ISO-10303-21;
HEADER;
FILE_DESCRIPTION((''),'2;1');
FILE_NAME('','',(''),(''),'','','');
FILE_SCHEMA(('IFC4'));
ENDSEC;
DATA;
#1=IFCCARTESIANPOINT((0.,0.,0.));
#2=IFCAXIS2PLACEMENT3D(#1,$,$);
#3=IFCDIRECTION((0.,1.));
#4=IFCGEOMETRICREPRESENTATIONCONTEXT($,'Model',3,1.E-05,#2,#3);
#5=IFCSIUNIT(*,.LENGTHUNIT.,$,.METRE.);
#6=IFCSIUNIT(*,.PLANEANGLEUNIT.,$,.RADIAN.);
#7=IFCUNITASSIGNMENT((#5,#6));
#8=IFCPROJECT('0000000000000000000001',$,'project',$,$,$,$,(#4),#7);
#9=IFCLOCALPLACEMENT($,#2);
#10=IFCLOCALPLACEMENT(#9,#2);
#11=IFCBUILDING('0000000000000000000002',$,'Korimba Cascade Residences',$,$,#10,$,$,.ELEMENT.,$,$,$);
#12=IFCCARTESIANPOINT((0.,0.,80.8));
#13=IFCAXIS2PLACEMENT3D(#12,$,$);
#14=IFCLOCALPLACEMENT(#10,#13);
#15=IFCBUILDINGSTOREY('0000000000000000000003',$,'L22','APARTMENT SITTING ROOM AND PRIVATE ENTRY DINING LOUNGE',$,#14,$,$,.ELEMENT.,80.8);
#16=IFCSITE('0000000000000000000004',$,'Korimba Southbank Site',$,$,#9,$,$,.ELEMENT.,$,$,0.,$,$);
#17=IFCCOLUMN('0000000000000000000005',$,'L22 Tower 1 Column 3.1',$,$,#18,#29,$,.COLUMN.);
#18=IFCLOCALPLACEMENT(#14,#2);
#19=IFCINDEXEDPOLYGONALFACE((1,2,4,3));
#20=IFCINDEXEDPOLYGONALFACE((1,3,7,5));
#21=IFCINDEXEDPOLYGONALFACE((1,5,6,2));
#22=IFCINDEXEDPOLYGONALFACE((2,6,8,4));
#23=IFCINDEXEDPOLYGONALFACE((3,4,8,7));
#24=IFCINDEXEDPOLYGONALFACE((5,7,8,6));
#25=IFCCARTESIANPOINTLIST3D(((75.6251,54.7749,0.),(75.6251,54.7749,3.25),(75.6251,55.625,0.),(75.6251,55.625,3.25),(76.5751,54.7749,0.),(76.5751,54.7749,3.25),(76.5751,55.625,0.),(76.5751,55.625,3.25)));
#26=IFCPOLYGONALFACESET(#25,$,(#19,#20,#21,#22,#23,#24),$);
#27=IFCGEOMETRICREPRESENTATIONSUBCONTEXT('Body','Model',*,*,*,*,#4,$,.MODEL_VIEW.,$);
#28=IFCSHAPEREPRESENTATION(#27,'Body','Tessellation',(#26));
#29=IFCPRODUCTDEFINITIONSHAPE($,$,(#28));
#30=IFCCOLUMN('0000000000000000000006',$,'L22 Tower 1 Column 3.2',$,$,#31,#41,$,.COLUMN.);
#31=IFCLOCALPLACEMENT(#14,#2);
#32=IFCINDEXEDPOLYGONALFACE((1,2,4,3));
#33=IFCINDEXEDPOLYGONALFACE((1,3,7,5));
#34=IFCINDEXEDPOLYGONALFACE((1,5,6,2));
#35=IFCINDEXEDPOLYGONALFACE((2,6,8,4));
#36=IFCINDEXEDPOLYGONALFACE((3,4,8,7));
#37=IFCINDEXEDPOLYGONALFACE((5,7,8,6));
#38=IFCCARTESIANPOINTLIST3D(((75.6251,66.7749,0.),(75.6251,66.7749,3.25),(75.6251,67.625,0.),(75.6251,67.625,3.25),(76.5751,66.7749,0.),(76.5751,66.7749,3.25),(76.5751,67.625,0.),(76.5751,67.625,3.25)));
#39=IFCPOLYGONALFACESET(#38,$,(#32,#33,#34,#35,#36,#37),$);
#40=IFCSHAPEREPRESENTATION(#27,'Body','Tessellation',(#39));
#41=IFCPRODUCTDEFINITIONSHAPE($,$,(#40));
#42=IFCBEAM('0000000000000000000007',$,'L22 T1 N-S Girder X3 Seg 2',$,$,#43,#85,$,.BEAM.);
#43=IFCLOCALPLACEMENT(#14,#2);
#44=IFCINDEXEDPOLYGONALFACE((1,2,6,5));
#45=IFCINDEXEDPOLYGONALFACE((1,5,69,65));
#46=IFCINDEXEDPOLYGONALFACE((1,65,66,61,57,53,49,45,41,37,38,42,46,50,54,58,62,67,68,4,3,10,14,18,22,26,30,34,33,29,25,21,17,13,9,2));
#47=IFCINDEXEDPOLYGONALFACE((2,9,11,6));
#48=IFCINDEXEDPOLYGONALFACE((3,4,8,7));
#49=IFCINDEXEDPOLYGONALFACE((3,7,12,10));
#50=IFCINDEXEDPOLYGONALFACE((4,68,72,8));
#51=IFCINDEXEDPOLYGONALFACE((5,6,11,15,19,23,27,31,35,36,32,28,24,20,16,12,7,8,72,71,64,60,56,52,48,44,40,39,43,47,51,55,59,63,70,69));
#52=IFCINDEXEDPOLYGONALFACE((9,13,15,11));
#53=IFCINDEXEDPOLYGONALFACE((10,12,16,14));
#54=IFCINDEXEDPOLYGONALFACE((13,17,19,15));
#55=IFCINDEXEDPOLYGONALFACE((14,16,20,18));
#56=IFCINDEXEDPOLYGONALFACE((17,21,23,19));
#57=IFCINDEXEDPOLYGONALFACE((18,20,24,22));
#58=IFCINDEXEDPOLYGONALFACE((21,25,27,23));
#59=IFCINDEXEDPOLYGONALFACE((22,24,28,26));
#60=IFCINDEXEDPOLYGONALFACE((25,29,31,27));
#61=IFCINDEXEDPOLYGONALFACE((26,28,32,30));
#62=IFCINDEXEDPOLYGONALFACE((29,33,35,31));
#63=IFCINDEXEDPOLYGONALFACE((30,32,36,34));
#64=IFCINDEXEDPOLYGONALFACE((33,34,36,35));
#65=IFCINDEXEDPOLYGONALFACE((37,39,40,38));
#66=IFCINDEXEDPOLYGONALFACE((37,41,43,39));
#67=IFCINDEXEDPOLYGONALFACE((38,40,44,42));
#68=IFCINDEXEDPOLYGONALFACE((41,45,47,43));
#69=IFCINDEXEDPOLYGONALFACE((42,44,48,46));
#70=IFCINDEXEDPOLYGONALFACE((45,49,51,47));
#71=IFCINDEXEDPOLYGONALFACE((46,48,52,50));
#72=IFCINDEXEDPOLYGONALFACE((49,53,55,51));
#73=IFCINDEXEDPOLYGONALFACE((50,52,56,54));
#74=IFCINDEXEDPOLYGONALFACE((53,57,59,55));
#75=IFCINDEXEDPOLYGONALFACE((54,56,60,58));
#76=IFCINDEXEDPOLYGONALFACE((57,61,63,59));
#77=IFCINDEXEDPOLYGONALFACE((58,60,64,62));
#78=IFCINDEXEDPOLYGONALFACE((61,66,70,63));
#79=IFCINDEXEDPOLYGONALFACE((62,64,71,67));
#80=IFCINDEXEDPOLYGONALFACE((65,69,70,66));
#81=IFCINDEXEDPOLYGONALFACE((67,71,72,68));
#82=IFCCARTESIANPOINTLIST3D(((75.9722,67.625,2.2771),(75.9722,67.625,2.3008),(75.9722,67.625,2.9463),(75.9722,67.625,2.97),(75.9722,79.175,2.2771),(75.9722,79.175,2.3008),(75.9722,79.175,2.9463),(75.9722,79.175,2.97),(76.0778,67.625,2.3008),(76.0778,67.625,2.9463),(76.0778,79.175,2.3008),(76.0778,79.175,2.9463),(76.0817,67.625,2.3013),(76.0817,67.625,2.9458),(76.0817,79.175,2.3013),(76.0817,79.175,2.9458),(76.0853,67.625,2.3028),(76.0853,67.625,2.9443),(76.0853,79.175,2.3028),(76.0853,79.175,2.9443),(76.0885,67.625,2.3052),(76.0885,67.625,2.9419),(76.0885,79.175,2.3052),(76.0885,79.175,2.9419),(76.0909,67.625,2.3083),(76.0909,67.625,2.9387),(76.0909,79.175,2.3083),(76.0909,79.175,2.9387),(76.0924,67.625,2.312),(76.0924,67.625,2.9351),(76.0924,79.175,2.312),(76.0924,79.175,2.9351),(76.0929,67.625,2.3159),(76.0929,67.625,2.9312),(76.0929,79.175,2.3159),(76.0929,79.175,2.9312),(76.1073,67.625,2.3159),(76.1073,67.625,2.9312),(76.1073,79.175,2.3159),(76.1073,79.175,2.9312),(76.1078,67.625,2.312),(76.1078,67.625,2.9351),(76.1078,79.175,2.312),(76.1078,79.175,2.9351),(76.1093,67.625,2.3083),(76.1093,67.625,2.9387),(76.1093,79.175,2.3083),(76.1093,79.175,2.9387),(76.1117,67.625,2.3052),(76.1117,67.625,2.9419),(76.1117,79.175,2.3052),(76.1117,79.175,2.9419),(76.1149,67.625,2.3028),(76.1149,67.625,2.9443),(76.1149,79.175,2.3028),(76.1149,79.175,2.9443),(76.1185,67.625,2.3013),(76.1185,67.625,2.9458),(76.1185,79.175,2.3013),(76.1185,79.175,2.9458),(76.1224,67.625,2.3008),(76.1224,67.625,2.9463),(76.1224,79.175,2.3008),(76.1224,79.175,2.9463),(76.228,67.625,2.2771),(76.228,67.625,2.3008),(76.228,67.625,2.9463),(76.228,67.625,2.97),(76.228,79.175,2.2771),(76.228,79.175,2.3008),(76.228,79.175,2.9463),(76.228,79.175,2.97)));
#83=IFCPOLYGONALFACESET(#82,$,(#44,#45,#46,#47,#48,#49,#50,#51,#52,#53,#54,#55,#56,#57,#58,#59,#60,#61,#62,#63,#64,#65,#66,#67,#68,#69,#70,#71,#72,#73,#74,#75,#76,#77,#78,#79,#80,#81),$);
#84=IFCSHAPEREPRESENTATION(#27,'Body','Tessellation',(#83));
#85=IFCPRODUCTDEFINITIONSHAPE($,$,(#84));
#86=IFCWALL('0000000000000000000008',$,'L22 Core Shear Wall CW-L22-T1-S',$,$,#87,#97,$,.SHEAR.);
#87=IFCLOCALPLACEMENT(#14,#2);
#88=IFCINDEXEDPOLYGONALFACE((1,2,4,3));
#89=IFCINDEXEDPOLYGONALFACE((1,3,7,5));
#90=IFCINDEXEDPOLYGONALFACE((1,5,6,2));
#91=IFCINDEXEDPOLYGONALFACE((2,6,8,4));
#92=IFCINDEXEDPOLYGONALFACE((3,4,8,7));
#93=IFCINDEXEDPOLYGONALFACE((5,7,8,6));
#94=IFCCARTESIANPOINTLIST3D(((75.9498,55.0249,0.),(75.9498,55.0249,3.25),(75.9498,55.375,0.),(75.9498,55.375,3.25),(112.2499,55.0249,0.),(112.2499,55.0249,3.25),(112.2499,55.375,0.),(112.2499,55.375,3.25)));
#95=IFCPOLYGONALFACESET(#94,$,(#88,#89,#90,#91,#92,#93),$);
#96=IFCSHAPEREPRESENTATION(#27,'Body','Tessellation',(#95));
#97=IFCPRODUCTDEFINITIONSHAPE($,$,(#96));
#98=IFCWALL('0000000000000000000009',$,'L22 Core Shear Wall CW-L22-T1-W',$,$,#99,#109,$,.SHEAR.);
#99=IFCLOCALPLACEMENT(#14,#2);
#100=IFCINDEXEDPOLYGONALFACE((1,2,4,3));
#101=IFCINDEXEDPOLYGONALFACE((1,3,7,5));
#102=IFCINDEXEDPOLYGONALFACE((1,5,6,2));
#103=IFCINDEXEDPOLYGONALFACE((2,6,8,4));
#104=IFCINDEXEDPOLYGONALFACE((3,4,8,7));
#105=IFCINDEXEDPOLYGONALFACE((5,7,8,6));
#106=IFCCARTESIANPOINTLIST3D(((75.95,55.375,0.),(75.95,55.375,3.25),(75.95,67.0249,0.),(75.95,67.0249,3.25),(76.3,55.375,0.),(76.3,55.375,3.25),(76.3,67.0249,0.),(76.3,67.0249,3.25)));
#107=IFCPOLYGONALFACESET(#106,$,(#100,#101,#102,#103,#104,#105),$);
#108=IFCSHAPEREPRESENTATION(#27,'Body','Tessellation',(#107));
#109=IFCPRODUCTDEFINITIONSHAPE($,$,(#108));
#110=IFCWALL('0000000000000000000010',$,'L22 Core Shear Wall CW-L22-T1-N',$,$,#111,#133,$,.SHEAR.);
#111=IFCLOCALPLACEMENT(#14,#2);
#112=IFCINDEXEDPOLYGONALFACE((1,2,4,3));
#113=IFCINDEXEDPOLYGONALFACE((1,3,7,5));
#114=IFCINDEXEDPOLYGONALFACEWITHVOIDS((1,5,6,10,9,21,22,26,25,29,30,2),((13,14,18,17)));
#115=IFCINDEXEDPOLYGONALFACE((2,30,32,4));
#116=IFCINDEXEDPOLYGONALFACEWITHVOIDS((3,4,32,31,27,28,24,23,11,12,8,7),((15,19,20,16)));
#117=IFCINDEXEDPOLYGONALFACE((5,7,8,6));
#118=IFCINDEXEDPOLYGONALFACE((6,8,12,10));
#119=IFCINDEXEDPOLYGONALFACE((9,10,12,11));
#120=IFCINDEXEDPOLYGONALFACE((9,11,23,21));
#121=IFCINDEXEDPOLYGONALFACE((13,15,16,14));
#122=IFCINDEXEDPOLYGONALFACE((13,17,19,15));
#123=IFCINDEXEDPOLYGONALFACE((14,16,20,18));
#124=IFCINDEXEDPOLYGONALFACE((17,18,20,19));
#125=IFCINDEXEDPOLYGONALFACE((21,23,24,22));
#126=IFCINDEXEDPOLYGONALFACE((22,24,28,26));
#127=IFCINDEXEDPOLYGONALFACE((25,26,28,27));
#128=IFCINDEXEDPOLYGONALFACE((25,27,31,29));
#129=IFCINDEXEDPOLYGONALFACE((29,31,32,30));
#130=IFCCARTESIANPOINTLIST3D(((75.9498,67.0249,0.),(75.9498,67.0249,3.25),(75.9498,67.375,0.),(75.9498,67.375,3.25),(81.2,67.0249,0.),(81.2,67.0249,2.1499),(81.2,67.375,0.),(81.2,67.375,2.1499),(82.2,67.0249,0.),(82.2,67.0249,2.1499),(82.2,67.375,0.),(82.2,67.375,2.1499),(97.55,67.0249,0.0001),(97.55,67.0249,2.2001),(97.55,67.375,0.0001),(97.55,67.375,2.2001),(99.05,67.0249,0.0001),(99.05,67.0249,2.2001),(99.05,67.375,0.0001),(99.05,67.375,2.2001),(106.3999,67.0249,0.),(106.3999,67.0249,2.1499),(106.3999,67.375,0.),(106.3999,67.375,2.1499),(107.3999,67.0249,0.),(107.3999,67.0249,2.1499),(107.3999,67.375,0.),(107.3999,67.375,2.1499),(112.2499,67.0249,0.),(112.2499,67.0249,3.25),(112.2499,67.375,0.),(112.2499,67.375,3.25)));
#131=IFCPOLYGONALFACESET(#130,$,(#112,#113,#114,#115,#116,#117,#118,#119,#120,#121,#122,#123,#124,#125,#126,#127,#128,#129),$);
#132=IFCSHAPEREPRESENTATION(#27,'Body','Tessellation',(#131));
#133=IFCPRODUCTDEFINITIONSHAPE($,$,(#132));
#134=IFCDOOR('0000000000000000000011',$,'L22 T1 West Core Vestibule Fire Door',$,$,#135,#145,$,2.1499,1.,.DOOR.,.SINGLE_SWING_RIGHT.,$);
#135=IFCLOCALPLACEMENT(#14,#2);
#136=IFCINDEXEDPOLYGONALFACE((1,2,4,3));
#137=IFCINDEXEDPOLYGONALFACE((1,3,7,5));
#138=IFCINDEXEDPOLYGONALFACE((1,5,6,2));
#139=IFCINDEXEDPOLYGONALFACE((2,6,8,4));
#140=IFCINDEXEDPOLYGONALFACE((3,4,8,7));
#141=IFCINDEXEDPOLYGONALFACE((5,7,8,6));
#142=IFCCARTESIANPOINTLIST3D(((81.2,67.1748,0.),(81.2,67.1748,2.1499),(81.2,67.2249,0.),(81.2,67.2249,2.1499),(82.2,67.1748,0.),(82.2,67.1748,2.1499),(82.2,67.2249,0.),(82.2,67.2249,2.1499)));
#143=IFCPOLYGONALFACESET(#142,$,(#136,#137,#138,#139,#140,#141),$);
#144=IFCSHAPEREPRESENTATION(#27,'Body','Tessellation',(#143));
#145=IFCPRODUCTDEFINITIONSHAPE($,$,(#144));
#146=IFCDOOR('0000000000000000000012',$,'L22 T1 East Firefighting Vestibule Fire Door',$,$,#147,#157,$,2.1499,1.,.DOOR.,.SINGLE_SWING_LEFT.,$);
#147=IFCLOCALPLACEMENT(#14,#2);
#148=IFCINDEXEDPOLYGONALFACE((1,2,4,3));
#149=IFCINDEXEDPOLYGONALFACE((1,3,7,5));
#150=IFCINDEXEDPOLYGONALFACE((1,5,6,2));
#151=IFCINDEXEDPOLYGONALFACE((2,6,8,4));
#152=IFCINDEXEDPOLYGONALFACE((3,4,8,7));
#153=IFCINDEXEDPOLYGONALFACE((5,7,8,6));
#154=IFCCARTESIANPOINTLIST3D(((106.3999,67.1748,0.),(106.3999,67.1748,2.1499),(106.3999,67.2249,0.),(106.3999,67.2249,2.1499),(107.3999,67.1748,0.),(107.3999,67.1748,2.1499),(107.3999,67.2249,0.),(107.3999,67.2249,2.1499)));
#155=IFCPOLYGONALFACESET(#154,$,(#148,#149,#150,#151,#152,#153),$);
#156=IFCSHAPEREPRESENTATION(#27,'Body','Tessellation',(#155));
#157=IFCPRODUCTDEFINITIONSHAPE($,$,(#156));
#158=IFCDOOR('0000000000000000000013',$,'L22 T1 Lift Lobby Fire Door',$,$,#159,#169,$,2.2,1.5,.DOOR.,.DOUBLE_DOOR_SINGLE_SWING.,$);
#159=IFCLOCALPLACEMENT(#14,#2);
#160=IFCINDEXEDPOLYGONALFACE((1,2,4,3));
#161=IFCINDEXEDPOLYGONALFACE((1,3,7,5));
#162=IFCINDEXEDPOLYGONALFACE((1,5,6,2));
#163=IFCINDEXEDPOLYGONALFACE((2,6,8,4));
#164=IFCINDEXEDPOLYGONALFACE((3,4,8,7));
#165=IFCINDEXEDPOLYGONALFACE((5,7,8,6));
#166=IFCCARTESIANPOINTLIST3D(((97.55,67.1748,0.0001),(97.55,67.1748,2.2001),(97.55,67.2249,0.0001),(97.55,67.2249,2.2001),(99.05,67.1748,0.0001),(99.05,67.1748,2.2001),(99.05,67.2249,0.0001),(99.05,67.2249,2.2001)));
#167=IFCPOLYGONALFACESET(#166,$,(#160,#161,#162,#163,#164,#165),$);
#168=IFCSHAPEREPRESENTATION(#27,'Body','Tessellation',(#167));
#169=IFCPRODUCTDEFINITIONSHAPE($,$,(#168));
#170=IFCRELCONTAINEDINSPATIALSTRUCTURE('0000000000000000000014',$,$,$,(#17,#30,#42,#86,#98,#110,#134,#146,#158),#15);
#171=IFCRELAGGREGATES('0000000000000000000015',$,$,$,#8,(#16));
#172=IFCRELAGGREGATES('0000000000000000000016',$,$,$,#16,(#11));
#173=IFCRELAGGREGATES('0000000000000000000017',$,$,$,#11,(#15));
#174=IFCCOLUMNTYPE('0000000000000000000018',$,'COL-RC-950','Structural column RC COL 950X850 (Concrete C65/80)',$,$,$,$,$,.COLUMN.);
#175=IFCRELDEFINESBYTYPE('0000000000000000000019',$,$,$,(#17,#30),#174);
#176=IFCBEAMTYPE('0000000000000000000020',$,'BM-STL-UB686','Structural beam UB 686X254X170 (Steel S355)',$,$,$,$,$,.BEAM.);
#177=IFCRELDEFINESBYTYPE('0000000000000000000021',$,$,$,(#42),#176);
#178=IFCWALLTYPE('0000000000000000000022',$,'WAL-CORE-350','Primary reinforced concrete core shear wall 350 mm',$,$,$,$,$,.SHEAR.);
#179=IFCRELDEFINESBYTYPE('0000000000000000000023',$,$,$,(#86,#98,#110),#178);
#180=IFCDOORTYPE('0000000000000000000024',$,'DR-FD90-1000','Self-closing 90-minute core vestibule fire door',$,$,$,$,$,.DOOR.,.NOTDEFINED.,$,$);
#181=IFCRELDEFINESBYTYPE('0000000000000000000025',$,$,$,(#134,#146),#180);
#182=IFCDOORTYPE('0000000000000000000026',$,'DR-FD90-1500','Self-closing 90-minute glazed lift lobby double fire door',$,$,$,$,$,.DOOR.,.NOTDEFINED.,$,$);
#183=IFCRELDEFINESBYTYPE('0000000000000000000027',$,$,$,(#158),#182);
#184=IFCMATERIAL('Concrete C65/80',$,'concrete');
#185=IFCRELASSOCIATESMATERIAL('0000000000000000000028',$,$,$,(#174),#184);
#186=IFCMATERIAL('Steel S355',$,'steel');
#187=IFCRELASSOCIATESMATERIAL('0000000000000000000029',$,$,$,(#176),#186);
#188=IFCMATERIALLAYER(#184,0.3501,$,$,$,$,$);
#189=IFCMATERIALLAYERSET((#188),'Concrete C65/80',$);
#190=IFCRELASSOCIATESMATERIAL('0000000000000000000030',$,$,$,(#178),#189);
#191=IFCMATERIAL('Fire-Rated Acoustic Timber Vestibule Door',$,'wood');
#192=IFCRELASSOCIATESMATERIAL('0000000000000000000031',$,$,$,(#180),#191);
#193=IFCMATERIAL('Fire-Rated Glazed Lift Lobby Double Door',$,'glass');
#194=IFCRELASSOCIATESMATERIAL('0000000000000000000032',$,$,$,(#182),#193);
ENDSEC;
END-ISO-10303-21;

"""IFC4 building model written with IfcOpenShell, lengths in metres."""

from ifc_helpers import new_model, si_unit, direction, frame, frame_2d, origin, origin_2d, place, context, subcontext, project, spatial, rectangle, i_section, extrude, material, layer, layer_set, material_profile, profile_set, type_object, element, fill, save


model = new_model("IFC4")

# Units and contexts
model_context = context("Model", 3, precision=1e-05, world=origin(), true_north=direction((0.0, 1.0)))
body_context = subcontext(model_context, "Body", "Model", "MODEL_VIEW")
ifc_project = project(units=[si_unit("LENGTHUNIT", "METRE"), si_unit("PLANEANGLEUNIT", "RADIAN")], contexts=[model_context])

# Site, building, storey
site_placement = place(None, origin())
site = spatial("IfcSite", under=ifc_project, at=site_placement, Name="Korimba Southbank Site", CompositionType="ELEMENT", RefElevation=0.0)
building_placement = place(site_placement, origin())
building = spatial("IfcBuilding", under=site, at=building_placement, Name="Korimba Cascade Residences", CompositionType="ELEMENT")
storey_placement = place(building_placement, frame((0.0, 0.0, 80.8)))
storey = spatial("IfcBuildingStorey", under=building, at=storey_placement, Name="L22", Description="APARTMENT SITTING ROOM AND PRIVATE ENTRY DINING LOUNGE", CompositionType="ELEMENT", Elevation=80.8)

# Columns
ifc_material_1 = material(Name="Concrete C65/80", Category="concrete")
ifc_material_profile_1 = material_profile(ifc_material_1, rectangle(XDim=0.95, YDim=0.8501, at=origin_2d()), Name="Concrete C65/80")
ifc_profile_set_1 = profile_set([ifc_material_profile_1], Name="Concrete C65/80")
column_type = type_object("IfcColumnType", Name="COL-RC-950", Description="Structural column RC COL 950X850 (Concrete C65/80)", PredefinedType="COLUMN", material=ifc_profile_set_1)
for number, where, z_axis, x_axis, name in (
    (1, (76.1001, 55.2, 0.0), (0.0, 0.0, 1.0), (1.0, 0.0, 0.0), "L22 Tower 1 Column 3.1"),
    (2, (76.1001, 67.2, 0.0), (0.0, 0.0, 1.0), (1.0, 0.0, 0.0), "L22 Tower 1 Column 3.2"),
):
    element("IfcColumn", number, at=place(storey_placement, frame(where, z_axis=z_axis, x_axis=x_axis)), inside=storey, type_object=column_type, Name=name, PredefinedType="COLUMN", context=body_context, shape_type="SweptSolid", body=[
        extrude(rectangle(XDim=0.95, YDim=0.8501, at=origin_2d()), origin(), (0.0, 0.0, 1.0), 3.25),
    ])

# Beam
ifc_material_2 = material(Name="Steel S355", Category="steel")
ifc_material_profile_2 = material_profile(ifc_material_2, i_section(OverallWidth=0.2559, OverallDepth=0.6929, WebThickness=0.0144, FlangeThickness=0.0237, FilletRadius=0.0151, at=origin_2d()), Name="Steel S355")
ifc_profile_set_2 = profile_set([ifc_material_profile_2], Name="Steel S355")
beam_type = type_object("IfcBeamType", Name="BM-STL-UB686", Description="Structural beam UB 686X254X170 (Steel S355)", PredefinedType="BEAM", material=ifc_profile_set_2)
beam_placement = place(storey_placement, frame((76.1001, 67.625, 2.6235), z_axis=(0.0, 1.0, 0.0), x_axis=(-1.0, 0.0, 0.0)))
element("IfcBeam", 3, at=beam_placement, inside=storey, type_object=beam_type, Name="L22 T1 N-S Girder X3 Seg 2", PredefinedType="BEAM", context=body_context, shape_type="SweptSolid", body=[
    extrude(i_section(OverallWidth=0.2559, OverallDepth=0.6929, WebThickness=0.0144, FlangeThickness=0.0237, FilletRadius=0.0151, at=origin_2d()), origin(), (0.0, 0.0, 1.0), 11.55),
])

# Walls
ifc_layer_1 = layer(ifc_material_1, 0.3501)
ifc_layer_set_1 = layer_set([ifc_layer_1], Name="Concrete C65/80")
wall_type_1 = type_object("IfcWallType", Name="WAL-CORE-350", Description="Primary reinforced concrete core shear wall 350 mm", PredefinedType="SHEAR", material=ifc_layer_set_1)
wall_1_placement = place(storey_placement, frame((75.95, 55.2, 0.0), z_axis=(0.0, 0.0, 1.0), x_axis=(1.0, 0.0, 0.0)))
element("IfcWall", 4, at=wall_1_placement, inside=storey, type_object=wall_type_1, Name="L22 Core Shear Wall CW-L22-T1-S", PredefinedType="SHEAR", context=body_context, shape_type="SweptSolid", body=[
    extrude(rectangle(XDim=36.3, YDim=0.3501, at=frame_2d((18.1499, 0.0))), origin(), (0.0, 0.0, 1.0), 3.25),
])
wall_2_placement = place(storey_placement, frame((76.125, 55.375, 0.0), z_axis=(0.0, 0.0, 1.0), x_axis=(0.0, 1.0, 0.0)))
element("IfcWall", 5, at=wall_2_placement, inside=storey, type_object=wall_type_1, Name="L22 Core Shear Wall CW-L22-T1-W", PredefinedType="SHEAR", context=body_context, shape_type="SweptSolid", body=[
    extrude(rectangle(XDim=11.6499, YDim=0.3501, at=frame_2d((5.825, 0.0))), origin(), (0.0, 0.0, 1.0), 3.25),
])

# Wall, openings, doors
wall_3_placement = place(storey_placement, frame((75.95, 67.2, 0.0), z_axis=(0.0, 0.0, 1.0), x_axis=(1.0, 0.0, 0.0)))
wall_3 = element("IfcWall", 6, at=wall_3_placement, inside=storey, type_object=wall_type_1, Name="L22 Core Shear Wall CW-L22-T1-N", PredefinedType="SHEAR", context=body_context, shape_type="SweptSolid", body=[
    extrude(rectangle(XDim=36.3, YDim=0.3501, at=frame_2d((18.1499, 0.0))), origin(), (0.0, 0.0, 1.0), 3.25),
])
opening_1_placement = place(wall_3_placement, frame((5.25, 0.0, 0.0)))
opening_1 = element("IfcOpeningElement", 7, at=opening_1_placement, cuts=wall_3, PredefinedType="OPENING", context=body_context, shape_type="SweptSolid", body=[
    extrude(rectangle(XDim=1.0, YDim=2.1499, at=frame_2d((0.5, 1.075))), frame((0.0, 0.1851, 0.0), z_axis=(0.0, -1.0, 0.0), x_axis=(1.0, 0.0, 0.0)), (0.0, 0.0, 1.0), 0.3701),
])
opening_2_placement = place(wall_3_placement, frame((21.6001, 0.0, 0.0)))
opening_2 = element("IfcOpeningElement", 8, at=opening_2_placement, cuts=wall_3, PredefinedType="OPENING", context=body_context, shape_type="SweptSolid", body=[
    extrude(rectangle(XDim=1.5, YDim=2.2, at=frame_2d((0.75, 1.1001))), frame((0.0, 0.1851, 0.0), z_axis=(0.0, -1.0, 0.0), x_axis=(1.0, 0.0, 0.0)), (0.0, 0.0, 1.0), 0.3701),
])
opening_3_placement = place(wall_3_placement, frame((30.45, 0.0, 0.0)))
opening_3 = element("IfcOpeningElement", 9, at=opening_3_placement, cuts=wall_3, PredefinedType="OPENING", context=body_context, shape_type="SweptSolid", body=[
    extrude(rectangle(XDim=1.0, YDim=2.1499, at=frame_2d((0.5, 1.075))), frame((0.0, 0.1851, 0.0), z_axis=(0.0, -1.0, 0.0), x_axis=(1.0, 0.0, 0.0)), (0.0, 0.0, 1.0), 0.3701),
])
ifc_material_3 = material(Name="Fire-Rated Acoustic Timber Vestibule Door", Category="wood")
door_type_1 = type_object("IfcDoorType", Name="DR-FD90-1000", Description="Self-closing 90-minute core vestibule fire door", OperationType="NOTDEFINED", PredefinedType="DOOR", material=ifc_material_3)
door_1_placement = place(opening_1_placement, origin())
door_1 = element("IfcDoor", 10, at=door_1_placement, inside=storey, type_object=door_type_1, Name="L22 T1 West Core Vestibule Fire Door", OperationType="SINGLE_SWING_RIGHT", OverallHeight=2.1499, OverallWidth=1.0, PredefinedType="DOOR", context=body_context, shape_type="SweptSolid", body=[
    extrude(rectangle(XDim=1.0, YDim=2.1499, at=frame_2d((0.5, 1.075))), frame((0.0, 0.0249, 0.0), z_axis=(0.0, -1.0, 0.0), x_axis=(1.0, 0.0, 0.0)), (0.0, 0.0, 1.0), 0.05),
])
fill(opening_1, door_1)
door_2_placement = place(opening_3_placement, origin())
door_2 = element("IfcDoor", 11, at=door_2_placement, inside=storey, type_object=door_type_1, Name="L22 T1 East Firefighting Vestibule Fire Door", OperationType="SINGLE_SWING_LEFT", OverallHeight=2.1499, OverallWidth=1.0, PredefinedType="DOOR", context=body_context, shape_type="SweptSolid", body=[
    extrude(rectangle(XDim=1.0, YDim=2.1499, at=frame_2d((0.5, 1.075))), frame((0.0, 0.0249, 0.0), z_axis=(0.0, -1.0, 0.0), x_axis=(1.0, 0.0, 0.0)), (0.0, 0.0, 1.0), 0.05),
])
fill(opening_3, door_2)
ifc_material_4 = material(Name="Fire-Rated Glazed Lift Lobby Double Door", Category="glass")
door_type_2 = type_object("IfcDoorType", Name="DR-FD90-1500", Description="Self-closing 90-minute glazed lift lobby double fire door", OperationType="NOTDEFINED", PredefinedType="DOOR", material=ifc_material_4)
door_3_placement = place(opening_2_placement, origin())
door_3 = element("IfcDoor", 12, at=door_3_placement, inside=storey, type_object=door_type_2, Name="L22 T1 Lift Lobby Fire Door", OperationType="DOUBLE_DOOR_SINGLE_SWING", OverallHeight=2.2, OverallWidth=1.5, PredefinedType="DOOR", context=body_context, shape_type="SweptSolid", body=[
    extrude(rectangle(XDim=1.5, YDim=2.2, at=frame_2d((0.75, 1.1001))), frame((0.0, 0.0249, 0.0), z_axis=(0.0, -1.0, 0.0), x_axis=(1.0, 0.0, 0.0)), (0.0, 0.0, 1.0), 0.05),
])
fill(opening_2, door_3)

save(model, "model.ifc")
